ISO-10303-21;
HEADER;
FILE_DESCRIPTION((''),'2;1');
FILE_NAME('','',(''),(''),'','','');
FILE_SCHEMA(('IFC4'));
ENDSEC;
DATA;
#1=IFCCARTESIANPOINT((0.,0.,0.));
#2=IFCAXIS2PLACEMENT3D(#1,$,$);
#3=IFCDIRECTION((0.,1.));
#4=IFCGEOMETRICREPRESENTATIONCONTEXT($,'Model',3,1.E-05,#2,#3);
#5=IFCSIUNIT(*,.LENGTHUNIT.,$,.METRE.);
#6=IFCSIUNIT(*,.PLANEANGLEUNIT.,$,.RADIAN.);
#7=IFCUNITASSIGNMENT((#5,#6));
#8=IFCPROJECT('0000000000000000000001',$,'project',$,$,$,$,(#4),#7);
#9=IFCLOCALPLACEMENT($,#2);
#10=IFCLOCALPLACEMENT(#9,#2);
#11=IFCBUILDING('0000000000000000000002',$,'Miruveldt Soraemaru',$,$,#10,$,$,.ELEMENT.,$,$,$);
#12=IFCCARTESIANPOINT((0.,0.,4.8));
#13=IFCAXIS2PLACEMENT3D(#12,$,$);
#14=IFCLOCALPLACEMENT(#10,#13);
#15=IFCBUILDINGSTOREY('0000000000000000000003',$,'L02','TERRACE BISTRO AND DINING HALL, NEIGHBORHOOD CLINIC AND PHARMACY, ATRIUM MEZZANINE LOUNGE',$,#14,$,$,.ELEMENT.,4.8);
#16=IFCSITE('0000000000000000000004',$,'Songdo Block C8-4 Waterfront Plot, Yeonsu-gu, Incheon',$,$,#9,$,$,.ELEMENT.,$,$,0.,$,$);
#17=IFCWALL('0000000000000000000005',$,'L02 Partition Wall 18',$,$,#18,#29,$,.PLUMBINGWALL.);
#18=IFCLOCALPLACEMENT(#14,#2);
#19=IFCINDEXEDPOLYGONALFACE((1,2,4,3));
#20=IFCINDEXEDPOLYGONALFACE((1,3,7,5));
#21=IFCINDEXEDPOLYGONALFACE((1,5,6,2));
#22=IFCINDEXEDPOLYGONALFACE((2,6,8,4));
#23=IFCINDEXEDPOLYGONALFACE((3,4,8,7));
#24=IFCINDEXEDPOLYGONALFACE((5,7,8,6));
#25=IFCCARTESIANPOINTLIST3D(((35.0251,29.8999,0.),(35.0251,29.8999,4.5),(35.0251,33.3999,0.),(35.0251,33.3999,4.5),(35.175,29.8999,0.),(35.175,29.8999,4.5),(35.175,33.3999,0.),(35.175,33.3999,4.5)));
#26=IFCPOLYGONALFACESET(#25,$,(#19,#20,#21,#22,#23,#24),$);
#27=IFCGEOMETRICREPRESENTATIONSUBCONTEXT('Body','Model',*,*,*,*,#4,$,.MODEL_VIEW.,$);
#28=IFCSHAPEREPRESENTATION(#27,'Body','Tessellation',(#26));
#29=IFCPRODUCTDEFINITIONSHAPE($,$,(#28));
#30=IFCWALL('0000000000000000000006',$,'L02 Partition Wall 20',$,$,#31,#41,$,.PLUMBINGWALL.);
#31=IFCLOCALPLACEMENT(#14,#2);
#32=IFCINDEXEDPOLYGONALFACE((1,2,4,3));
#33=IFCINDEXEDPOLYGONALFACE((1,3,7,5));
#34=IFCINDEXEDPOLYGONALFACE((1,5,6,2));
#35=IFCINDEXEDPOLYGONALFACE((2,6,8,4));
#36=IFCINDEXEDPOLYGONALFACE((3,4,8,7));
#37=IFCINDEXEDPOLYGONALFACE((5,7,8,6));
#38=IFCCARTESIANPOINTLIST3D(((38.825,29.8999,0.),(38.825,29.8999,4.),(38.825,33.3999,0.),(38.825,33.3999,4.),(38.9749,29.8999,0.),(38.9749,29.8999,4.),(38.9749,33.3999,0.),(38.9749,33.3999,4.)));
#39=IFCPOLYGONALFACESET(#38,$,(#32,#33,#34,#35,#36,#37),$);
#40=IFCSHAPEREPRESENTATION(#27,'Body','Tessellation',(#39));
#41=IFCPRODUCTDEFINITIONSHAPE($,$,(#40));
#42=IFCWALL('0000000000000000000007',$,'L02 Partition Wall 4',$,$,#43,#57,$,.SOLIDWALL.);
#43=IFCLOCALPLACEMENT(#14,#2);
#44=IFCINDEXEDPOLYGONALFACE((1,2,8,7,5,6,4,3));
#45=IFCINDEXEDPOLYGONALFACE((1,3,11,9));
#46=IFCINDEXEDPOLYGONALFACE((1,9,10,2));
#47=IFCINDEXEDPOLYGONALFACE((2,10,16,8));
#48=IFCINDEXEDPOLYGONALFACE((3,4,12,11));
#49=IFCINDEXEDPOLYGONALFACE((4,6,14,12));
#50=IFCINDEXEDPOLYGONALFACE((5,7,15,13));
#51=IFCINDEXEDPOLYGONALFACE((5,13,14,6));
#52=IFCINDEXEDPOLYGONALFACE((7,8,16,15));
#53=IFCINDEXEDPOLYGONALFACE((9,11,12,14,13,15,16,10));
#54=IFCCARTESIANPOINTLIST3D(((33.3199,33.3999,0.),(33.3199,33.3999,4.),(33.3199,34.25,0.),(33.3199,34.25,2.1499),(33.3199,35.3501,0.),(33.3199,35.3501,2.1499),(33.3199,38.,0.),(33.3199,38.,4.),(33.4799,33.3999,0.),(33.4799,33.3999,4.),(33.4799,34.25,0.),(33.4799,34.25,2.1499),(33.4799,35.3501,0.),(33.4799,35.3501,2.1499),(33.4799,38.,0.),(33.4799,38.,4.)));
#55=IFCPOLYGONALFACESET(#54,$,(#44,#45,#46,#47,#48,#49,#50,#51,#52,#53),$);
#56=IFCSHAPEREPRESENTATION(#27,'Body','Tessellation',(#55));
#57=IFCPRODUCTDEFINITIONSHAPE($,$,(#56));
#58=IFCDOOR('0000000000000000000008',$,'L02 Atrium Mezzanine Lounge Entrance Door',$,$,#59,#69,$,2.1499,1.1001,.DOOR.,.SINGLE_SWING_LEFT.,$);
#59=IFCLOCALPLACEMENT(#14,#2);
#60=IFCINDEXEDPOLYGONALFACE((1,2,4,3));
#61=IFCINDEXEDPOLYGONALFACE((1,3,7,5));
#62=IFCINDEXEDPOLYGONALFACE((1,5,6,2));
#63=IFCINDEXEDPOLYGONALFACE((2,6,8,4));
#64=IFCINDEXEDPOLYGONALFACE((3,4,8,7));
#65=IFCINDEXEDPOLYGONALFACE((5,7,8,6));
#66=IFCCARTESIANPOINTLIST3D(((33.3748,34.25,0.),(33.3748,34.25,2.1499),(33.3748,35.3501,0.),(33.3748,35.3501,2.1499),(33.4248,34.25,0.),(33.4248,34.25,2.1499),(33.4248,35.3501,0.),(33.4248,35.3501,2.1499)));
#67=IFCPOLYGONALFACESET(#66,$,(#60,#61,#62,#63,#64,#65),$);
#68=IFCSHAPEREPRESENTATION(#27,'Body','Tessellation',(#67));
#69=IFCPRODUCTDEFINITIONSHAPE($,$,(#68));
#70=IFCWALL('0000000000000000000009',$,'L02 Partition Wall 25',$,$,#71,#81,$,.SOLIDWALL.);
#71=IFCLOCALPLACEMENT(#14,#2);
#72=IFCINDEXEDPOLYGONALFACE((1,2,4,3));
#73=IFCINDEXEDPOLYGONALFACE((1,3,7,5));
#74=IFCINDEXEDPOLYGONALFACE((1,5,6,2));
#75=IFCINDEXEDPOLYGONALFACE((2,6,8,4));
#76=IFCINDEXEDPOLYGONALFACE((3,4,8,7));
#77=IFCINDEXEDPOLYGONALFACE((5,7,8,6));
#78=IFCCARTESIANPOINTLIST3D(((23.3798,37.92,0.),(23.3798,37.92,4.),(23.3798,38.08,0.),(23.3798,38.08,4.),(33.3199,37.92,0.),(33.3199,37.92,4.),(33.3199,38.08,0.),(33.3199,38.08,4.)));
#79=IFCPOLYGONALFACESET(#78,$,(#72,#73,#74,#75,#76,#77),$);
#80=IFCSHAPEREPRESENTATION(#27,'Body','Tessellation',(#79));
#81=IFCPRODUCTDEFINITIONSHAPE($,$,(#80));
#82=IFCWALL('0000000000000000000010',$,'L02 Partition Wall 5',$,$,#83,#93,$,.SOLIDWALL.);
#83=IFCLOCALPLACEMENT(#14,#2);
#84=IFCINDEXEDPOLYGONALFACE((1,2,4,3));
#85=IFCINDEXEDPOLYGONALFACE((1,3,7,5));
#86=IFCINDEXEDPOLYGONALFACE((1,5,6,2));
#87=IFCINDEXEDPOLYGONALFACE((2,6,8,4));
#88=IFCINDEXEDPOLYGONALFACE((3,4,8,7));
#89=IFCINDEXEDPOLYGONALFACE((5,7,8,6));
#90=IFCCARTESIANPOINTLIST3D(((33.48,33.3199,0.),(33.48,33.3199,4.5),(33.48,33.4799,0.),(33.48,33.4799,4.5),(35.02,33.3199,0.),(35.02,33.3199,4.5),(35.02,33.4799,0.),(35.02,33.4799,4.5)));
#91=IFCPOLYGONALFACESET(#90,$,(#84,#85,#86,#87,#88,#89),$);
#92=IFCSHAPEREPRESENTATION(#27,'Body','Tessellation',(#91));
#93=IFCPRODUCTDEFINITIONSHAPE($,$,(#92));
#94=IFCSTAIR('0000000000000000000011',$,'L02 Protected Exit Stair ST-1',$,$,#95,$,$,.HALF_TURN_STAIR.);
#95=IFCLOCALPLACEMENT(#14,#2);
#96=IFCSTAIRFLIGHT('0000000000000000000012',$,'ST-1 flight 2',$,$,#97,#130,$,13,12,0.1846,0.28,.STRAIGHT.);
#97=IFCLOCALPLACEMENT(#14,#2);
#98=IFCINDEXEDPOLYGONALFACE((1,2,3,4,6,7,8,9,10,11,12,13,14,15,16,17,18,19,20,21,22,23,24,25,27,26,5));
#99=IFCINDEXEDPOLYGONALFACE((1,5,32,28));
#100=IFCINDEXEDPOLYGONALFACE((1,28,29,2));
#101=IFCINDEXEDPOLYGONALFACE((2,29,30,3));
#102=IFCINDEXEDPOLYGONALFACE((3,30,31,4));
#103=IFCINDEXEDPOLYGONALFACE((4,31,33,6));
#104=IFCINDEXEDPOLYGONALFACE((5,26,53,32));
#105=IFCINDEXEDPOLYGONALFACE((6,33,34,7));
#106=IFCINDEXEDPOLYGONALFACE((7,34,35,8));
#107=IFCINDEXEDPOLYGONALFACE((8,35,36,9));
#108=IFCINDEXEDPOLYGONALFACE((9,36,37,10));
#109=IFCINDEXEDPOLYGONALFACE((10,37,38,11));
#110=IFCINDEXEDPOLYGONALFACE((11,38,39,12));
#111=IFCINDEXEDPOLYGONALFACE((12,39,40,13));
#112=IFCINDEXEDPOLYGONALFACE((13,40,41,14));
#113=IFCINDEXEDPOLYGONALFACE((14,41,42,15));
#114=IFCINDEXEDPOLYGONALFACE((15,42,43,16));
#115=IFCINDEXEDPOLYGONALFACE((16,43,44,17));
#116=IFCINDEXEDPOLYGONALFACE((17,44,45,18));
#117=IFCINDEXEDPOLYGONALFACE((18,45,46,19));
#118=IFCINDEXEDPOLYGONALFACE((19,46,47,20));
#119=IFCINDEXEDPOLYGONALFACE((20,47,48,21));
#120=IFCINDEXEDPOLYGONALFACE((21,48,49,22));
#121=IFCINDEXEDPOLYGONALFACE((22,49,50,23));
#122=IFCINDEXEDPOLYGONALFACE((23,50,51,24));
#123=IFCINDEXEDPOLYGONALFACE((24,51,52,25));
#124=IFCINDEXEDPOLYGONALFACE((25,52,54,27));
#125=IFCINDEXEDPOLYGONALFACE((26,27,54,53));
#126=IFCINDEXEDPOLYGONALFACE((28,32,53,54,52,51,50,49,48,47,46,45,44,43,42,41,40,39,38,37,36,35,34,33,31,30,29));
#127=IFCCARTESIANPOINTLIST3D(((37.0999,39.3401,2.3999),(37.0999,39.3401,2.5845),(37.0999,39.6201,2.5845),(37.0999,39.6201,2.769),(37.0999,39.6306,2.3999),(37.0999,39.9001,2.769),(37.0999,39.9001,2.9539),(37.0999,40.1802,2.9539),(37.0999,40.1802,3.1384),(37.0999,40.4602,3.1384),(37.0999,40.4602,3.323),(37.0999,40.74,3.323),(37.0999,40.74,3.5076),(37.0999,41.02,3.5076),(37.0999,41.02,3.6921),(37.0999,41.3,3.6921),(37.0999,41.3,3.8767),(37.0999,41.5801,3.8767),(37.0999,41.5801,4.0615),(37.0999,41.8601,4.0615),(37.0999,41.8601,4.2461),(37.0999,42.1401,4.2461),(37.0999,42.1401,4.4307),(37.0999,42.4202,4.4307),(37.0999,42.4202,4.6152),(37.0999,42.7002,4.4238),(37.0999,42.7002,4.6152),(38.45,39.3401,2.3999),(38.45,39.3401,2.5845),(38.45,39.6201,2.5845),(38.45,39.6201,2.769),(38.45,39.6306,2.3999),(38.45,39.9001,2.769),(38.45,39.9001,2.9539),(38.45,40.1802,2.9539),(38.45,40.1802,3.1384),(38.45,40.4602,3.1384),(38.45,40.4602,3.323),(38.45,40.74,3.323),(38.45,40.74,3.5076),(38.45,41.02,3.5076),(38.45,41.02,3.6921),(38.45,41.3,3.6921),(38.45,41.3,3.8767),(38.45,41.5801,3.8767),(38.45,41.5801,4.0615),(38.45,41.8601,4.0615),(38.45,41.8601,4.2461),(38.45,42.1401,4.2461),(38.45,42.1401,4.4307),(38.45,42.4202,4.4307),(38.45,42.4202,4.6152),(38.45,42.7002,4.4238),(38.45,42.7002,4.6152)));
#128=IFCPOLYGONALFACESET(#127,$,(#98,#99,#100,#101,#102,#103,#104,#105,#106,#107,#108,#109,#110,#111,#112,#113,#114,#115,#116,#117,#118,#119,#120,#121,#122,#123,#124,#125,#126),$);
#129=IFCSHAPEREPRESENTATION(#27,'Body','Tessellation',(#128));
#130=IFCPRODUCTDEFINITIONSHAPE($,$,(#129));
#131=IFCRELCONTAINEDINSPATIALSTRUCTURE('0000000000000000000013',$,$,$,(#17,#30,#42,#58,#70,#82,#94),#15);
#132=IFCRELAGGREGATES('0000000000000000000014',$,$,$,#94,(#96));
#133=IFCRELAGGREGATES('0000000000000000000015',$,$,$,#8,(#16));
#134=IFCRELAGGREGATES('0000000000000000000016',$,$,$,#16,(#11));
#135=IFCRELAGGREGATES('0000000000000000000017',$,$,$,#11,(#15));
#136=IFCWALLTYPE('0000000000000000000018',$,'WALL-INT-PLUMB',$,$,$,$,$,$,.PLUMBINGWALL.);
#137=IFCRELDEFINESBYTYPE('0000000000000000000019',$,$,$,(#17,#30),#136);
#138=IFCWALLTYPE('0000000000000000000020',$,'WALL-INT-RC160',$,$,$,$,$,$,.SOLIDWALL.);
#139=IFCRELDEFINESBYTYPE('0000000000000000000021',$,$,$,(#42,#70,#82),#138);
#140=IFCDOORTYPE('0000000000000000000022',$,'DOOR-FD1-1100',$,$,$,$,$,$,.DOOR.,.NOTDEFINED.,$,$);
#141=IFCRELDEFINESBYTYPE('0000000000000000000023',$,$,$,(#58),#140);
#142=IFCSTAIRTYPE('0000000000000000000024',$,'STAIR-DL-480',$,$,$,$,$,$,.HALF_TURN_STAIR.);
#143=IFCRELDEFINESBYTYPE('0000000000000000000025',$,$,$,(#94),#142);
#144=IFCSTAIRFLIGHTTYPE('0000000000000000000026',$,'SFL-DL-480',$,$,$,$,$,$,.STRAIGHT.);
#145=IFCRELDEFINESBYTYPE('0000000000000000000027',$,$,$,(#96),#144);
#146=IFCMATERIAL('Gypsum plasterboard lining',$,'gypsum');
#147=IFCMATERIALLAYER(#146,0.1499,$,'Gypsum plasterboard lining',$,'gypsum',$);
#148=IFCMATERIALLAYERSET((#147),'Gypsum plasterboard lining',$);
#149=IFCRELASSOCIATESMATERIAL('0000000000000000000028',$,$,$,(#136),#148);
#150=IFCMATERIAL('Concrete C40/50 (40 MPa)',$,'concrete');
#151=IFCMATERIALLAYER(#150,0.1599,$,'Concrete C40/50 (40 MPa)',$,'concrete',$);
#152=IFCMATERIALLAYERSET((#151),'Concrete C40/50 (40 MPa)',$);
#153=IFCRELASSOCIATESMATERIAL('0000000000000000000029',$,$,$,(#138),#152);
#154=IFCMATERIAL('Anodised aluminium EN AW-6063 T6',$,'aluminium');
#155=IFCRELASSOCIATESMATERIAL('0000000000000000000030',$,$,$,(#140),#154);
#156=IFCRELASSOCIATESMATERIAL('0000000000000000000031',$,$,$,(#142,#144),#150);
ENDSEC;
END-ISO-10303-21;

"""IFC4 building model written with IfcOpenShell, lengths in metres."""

from ifc_helpers import new_model, si_unit, direction, frame, frame_2d, origin, place, context, subcontext, project, spatial, polyline, rectangle, outline, extrude, material, layer, layer_set, type_object, element, fill, aggregate, save


model = new_model("IFC4")

# Units and contexts
model_context = context("Model", 3, precision=1e-05, world=origin(), true_north=direction((0.0, 1.0)))
body_context = subcontext(model_context, "Body", "Model", "MODEL_VIEW")
ifc_project = project(units=[si_unit("LENGTHUNIT", "METRE"), si_unit("PLANEANGLEUNIT", "RADIAN")], contexts=[model_context])

# Site, building, storey
site_placement = place(None, origin())
site = spatial("IfcSite", under=ifc_project, at=site_placement, Name="Songdo Block C8-4 Waterfront Plot, Yeonsu-gu, Incheon", CompositionType="ELEMENT", RefElevation=0.0)
building_placement = place(site_placement, origin())
building = spatial("IfcBuilding", under=site, at=building_placement, Name="Miruveldt Soraemaru", CompositionType="ELEMENT")
storey_placement = place(building_placement, frame((0.0, 0.0, 4.8)))
storey = spatial("IfcBuildingStorey", under=building, at=storey_placement, Name="L02", Description="TERRACE BISTRO AND DINING HALL, NEIGHBORHOOD CLINIC AND PHARMACY, ATRIUM MEZZANINE LOUNGE", CompositionType="ELEMENT", Elevation=4.8)

# Shared definitions
ifc_material_1 = material(Name="Gypsum plasterboard lining", Category="gypsum")
ifc_layer_1 = layer(ifc_material_1, 0.1499, Name="Gypsum plasterboard lining", Category="gypsum")
ifc_layer_set_1 = layer_set([ifc_layer_1], Name="Gypsum plasterboard lining")
wall_type_1 = type_object("IfcWallType", Name="WALL-INT-PLUMB", PredefinedType="PLUMBINGWALL", material=ifc_layer_set_1)
ifc_material_2 = material(Name="Anodised aluminium EN AW-6063 T6", Category="aluminium")

# Walls
wall_1_placement = place(storey_placement, frame((35.1001, 33.3999, 0.0), z_axis=(0.0, 0.0, 1.0), x_axis=(0.0, -1.0, 0.0)))
element("IfcWall", 1, at=wall_1_placement, inside=storey, type_object=wall_type_1, Name="L02 Partition Wall 18", PredefinedType="PLUMBINGWALL", context=body_context, shape_type="SweptSolid", body=[
    extrude(rectangle(XDim=3.5, YDim=0.1499, at=frame_2d((1.75, 0.0))), origin(), (0.0, 0.0, 1.0), 4.5),
])
wall_2_placement = place(storey_placement, frame((38.8999, 29.8999, 0.0), z_axis=(0.0, 0.0, 1.0), x_axis=(0.0, 1.0, 0.0)))
element("IfcWall", 2, at=wall_2_placement, inside=storey, type_object=wall_type_1, Name="L02 Partition Wall 20", PredefinedType="PLUMBINGWALL", context=body_context, shape_type="SweptSolid", body=[
    extrude(rectangle(XDim=3.5, YDim=0.1499, at=frame_2d((1.75, 0.0))), origin(), (0.0, 0.0, 1.0), 4.0),
])

# Wall, opening, door
ifc_material_3 = material(Name="Concrete C40/50 (40 MPa)", Category="concrete")
ifc_layer_2 = layer(ifc_material_3, 0.1599, Name="Concrete C40/50 (40 MPa)", Category="concrete")
ifc_layer_set_2 = layer_set([ifc_layer_2], Name="Concrete C40/50 (40 MPa)")
wall_type_2 = type_object("IfcWallType", Name="WALL-INT-RC160", PredefinedType="SOLIDWALL", material=ifc_layer_set_2)
wall_3_placement = place(storey_placement, frame((33.3999, 38.0, 0.0), z_axis=(0.0, 0.0, 1.0), x_axis=(0.0, -1.0, 0.0)))
wall_3 = element("IfcWall", 3, at=wall_3_placement, inside=storey, type_object=wall_type_2, Name="L02 Partition Wall 4", PredefinedType="SOLIDWALL", context=body_context, shape_type="SweptSolid", body=[
    extrude(rectangle(XDim=4.6001, YDim=0.1599, at=frame_2d((2.3, 0.0))), origin(), (0.0, 0.0, 1.0), 4.0),
])
opening_1_placement = place(wall_3_placement, frame((2.6499, 0.0, 0.0)))
opening_1 = element("IfcOpeningElement", 4, at=opening_1_placement, cuts=wall_3, PredefinedType="OPENING", context=body_context, shape_type="SweptSolid", body=[
    extrude(rectangle(XDim=1.1001, YDim=2.1499, at=frame_2d((0.55, 1.075))), frame((0.0, 0.0898, 0.0), z_axis=(0.0, -1.0, 0.0), x_axis=(1.0, 0.0, 0.0)), (0.0, 0.0, 1.0), 0.1799),
])
door_type_1 = type_object("IfcDoorType", Name="DOOR-FD1-1100", OperationType="NOTDEFINED", PredefinedType="DOOR", material=ifc_material_2)
door_1_placement = place(opening_1_placement, origin())
door_1 = element("IfcDoor", 5, at=door_1_placement, inside=storey, type_object=door_type_1, Name="L02 Atrium Mezzanine Lounge Entrance Door", OperationType="SINGLE_SWING_LEFT", OverallHeight=2.1499, OverallWidth=1.1001, PredefinedType="DOOR", context=body_context, shape_type="SweptSolid", body=[
    extrude(rectangle(XDim=1.1001, YDim=2.1499, at=frame_2d((0.55, 1.075))), frame((0.0, 0.0249, 0.0), z_axis=(0.0, -1.0, 0.0), x_axis=(1.0, 0.0, 0.0)), (0.0, 0.0, 1.0), 0.05),
])
fill(opening_1, door_1)

# Walls
wall_4_placement = place(storey_placement, frame((33.3201, 38.0, 0.0), z_axis=(0.0, 0.0, 1.0), x_axis=(-1.0, 0.0, 0.0)))
element("IfcWall", 6, at=wall_4_placement, inside=storey, type_object=wall_type_2, Name="L02 Partition Wall 25", PredefinedType="SOLIDWALL", context=body_context, shape_type="SweptSolid", body=[
    extrude(rectangle(XDim=9.9402, YDim=0.1599, at=frame_2d((4.9702, 0.0))), origin(), (0.0, 0.0, 1.0), 4.0),
])
wall_5_placement = place(storey_placement, frame((33.48, 33.3999, 0.0), z_axis=(0.0, 0.0, 1.0), x_axis=(1.0, 0.0, 0.0)))
element("IfcWall", 7, at=wall_5_placement, inside=storey, type_object=wall_type_2, Name="L02 Partition Wall 5", PredefinedType="SOLIDWALL", context=body_context, shape_type="SweptSolid", body=[
    extrude(rectangle(XDim=1.54, YDim=0.1599, at=frame_2d((0.77, 0.0))), origin(), (0.0, 0.0, 1.0), 4.5),
])

# Stair, stair flight
stair_type = type_object("IfcStairType", Name="STAIR-DL-480", PredefinedType="HALF_TURN_STAIR", material=ifc_material_3)
stair_placement = place(storey_placement, origin())
stair = element("IfcStair", 8, at=stair_placement, inside=storey, type_object=stair_type, Name="L02 Protected Exit Stair ST-1", PredefinedType="HALF_TURN_STAIR")
stair_flight_type = type_object("IfcStairFlightType", Name="SFL-DL-480", PredefinedType="STRAIGHT", material=ifc_material_3)
stair_flight_placement = place(storey_placement, frame((37.7749, 39.3401, 2.3999), z_axis=(0.0, 0.0, 1.0), x_axis=(0.0, 1.0, 0.0)))
stair_flight = element("IfcStairFlight", 9, at=stair_flight_placement, type_object=stair_flight_type, Name="ST-1 flight 2", NumberOfRisers=13, NumberOfTreads=12, PredefinedType="STRAIGHT", RiserHeight=0.1846, TreadLength=0.28, context=body_context, shape_type="SweptSolid", body=[
    extrude(outline(polyline([(0.0, 0.0), (0.0, 0.1846), (0.28, 0.1846), (0.28, 0.3691), (0.5601, 0.3691), (0.5601, 0.554), (0.8401, 0.554), (0.8401, 0.7385), (1.1201, 0.7385), (1.1201, 0.9231), (1.3999, 0.9231), (1.3999, 1.1077), (1.6799, 1.1077), (1.6799, 1.2922), (1.96, 1.2922), (1.96, 1.4768), (2.24, 1.4768), (2.24, 1.6616), (2.52, 1.6616), (2.52, 1.8462), (2.8, 1.8462), (2.8, 2.0308), (3.0801, 2.0308), (3.0801, 2.2153), (3.3601, 2.2153), (3.3601, 2.3999), (3.3601, 2.0239), (0.2905, 0.0), (0.0, 0.0)])), frame((0.0, 0.675, 0.0), z_axis=(0.0, -1.0, 0.0), x_axis=(1.0, 0.0, 0.0)), (0.0, 0.0, 1.0), 1.3501),
])
aggregate(stair, [stair_flight])

save(model, "model.ifc")
